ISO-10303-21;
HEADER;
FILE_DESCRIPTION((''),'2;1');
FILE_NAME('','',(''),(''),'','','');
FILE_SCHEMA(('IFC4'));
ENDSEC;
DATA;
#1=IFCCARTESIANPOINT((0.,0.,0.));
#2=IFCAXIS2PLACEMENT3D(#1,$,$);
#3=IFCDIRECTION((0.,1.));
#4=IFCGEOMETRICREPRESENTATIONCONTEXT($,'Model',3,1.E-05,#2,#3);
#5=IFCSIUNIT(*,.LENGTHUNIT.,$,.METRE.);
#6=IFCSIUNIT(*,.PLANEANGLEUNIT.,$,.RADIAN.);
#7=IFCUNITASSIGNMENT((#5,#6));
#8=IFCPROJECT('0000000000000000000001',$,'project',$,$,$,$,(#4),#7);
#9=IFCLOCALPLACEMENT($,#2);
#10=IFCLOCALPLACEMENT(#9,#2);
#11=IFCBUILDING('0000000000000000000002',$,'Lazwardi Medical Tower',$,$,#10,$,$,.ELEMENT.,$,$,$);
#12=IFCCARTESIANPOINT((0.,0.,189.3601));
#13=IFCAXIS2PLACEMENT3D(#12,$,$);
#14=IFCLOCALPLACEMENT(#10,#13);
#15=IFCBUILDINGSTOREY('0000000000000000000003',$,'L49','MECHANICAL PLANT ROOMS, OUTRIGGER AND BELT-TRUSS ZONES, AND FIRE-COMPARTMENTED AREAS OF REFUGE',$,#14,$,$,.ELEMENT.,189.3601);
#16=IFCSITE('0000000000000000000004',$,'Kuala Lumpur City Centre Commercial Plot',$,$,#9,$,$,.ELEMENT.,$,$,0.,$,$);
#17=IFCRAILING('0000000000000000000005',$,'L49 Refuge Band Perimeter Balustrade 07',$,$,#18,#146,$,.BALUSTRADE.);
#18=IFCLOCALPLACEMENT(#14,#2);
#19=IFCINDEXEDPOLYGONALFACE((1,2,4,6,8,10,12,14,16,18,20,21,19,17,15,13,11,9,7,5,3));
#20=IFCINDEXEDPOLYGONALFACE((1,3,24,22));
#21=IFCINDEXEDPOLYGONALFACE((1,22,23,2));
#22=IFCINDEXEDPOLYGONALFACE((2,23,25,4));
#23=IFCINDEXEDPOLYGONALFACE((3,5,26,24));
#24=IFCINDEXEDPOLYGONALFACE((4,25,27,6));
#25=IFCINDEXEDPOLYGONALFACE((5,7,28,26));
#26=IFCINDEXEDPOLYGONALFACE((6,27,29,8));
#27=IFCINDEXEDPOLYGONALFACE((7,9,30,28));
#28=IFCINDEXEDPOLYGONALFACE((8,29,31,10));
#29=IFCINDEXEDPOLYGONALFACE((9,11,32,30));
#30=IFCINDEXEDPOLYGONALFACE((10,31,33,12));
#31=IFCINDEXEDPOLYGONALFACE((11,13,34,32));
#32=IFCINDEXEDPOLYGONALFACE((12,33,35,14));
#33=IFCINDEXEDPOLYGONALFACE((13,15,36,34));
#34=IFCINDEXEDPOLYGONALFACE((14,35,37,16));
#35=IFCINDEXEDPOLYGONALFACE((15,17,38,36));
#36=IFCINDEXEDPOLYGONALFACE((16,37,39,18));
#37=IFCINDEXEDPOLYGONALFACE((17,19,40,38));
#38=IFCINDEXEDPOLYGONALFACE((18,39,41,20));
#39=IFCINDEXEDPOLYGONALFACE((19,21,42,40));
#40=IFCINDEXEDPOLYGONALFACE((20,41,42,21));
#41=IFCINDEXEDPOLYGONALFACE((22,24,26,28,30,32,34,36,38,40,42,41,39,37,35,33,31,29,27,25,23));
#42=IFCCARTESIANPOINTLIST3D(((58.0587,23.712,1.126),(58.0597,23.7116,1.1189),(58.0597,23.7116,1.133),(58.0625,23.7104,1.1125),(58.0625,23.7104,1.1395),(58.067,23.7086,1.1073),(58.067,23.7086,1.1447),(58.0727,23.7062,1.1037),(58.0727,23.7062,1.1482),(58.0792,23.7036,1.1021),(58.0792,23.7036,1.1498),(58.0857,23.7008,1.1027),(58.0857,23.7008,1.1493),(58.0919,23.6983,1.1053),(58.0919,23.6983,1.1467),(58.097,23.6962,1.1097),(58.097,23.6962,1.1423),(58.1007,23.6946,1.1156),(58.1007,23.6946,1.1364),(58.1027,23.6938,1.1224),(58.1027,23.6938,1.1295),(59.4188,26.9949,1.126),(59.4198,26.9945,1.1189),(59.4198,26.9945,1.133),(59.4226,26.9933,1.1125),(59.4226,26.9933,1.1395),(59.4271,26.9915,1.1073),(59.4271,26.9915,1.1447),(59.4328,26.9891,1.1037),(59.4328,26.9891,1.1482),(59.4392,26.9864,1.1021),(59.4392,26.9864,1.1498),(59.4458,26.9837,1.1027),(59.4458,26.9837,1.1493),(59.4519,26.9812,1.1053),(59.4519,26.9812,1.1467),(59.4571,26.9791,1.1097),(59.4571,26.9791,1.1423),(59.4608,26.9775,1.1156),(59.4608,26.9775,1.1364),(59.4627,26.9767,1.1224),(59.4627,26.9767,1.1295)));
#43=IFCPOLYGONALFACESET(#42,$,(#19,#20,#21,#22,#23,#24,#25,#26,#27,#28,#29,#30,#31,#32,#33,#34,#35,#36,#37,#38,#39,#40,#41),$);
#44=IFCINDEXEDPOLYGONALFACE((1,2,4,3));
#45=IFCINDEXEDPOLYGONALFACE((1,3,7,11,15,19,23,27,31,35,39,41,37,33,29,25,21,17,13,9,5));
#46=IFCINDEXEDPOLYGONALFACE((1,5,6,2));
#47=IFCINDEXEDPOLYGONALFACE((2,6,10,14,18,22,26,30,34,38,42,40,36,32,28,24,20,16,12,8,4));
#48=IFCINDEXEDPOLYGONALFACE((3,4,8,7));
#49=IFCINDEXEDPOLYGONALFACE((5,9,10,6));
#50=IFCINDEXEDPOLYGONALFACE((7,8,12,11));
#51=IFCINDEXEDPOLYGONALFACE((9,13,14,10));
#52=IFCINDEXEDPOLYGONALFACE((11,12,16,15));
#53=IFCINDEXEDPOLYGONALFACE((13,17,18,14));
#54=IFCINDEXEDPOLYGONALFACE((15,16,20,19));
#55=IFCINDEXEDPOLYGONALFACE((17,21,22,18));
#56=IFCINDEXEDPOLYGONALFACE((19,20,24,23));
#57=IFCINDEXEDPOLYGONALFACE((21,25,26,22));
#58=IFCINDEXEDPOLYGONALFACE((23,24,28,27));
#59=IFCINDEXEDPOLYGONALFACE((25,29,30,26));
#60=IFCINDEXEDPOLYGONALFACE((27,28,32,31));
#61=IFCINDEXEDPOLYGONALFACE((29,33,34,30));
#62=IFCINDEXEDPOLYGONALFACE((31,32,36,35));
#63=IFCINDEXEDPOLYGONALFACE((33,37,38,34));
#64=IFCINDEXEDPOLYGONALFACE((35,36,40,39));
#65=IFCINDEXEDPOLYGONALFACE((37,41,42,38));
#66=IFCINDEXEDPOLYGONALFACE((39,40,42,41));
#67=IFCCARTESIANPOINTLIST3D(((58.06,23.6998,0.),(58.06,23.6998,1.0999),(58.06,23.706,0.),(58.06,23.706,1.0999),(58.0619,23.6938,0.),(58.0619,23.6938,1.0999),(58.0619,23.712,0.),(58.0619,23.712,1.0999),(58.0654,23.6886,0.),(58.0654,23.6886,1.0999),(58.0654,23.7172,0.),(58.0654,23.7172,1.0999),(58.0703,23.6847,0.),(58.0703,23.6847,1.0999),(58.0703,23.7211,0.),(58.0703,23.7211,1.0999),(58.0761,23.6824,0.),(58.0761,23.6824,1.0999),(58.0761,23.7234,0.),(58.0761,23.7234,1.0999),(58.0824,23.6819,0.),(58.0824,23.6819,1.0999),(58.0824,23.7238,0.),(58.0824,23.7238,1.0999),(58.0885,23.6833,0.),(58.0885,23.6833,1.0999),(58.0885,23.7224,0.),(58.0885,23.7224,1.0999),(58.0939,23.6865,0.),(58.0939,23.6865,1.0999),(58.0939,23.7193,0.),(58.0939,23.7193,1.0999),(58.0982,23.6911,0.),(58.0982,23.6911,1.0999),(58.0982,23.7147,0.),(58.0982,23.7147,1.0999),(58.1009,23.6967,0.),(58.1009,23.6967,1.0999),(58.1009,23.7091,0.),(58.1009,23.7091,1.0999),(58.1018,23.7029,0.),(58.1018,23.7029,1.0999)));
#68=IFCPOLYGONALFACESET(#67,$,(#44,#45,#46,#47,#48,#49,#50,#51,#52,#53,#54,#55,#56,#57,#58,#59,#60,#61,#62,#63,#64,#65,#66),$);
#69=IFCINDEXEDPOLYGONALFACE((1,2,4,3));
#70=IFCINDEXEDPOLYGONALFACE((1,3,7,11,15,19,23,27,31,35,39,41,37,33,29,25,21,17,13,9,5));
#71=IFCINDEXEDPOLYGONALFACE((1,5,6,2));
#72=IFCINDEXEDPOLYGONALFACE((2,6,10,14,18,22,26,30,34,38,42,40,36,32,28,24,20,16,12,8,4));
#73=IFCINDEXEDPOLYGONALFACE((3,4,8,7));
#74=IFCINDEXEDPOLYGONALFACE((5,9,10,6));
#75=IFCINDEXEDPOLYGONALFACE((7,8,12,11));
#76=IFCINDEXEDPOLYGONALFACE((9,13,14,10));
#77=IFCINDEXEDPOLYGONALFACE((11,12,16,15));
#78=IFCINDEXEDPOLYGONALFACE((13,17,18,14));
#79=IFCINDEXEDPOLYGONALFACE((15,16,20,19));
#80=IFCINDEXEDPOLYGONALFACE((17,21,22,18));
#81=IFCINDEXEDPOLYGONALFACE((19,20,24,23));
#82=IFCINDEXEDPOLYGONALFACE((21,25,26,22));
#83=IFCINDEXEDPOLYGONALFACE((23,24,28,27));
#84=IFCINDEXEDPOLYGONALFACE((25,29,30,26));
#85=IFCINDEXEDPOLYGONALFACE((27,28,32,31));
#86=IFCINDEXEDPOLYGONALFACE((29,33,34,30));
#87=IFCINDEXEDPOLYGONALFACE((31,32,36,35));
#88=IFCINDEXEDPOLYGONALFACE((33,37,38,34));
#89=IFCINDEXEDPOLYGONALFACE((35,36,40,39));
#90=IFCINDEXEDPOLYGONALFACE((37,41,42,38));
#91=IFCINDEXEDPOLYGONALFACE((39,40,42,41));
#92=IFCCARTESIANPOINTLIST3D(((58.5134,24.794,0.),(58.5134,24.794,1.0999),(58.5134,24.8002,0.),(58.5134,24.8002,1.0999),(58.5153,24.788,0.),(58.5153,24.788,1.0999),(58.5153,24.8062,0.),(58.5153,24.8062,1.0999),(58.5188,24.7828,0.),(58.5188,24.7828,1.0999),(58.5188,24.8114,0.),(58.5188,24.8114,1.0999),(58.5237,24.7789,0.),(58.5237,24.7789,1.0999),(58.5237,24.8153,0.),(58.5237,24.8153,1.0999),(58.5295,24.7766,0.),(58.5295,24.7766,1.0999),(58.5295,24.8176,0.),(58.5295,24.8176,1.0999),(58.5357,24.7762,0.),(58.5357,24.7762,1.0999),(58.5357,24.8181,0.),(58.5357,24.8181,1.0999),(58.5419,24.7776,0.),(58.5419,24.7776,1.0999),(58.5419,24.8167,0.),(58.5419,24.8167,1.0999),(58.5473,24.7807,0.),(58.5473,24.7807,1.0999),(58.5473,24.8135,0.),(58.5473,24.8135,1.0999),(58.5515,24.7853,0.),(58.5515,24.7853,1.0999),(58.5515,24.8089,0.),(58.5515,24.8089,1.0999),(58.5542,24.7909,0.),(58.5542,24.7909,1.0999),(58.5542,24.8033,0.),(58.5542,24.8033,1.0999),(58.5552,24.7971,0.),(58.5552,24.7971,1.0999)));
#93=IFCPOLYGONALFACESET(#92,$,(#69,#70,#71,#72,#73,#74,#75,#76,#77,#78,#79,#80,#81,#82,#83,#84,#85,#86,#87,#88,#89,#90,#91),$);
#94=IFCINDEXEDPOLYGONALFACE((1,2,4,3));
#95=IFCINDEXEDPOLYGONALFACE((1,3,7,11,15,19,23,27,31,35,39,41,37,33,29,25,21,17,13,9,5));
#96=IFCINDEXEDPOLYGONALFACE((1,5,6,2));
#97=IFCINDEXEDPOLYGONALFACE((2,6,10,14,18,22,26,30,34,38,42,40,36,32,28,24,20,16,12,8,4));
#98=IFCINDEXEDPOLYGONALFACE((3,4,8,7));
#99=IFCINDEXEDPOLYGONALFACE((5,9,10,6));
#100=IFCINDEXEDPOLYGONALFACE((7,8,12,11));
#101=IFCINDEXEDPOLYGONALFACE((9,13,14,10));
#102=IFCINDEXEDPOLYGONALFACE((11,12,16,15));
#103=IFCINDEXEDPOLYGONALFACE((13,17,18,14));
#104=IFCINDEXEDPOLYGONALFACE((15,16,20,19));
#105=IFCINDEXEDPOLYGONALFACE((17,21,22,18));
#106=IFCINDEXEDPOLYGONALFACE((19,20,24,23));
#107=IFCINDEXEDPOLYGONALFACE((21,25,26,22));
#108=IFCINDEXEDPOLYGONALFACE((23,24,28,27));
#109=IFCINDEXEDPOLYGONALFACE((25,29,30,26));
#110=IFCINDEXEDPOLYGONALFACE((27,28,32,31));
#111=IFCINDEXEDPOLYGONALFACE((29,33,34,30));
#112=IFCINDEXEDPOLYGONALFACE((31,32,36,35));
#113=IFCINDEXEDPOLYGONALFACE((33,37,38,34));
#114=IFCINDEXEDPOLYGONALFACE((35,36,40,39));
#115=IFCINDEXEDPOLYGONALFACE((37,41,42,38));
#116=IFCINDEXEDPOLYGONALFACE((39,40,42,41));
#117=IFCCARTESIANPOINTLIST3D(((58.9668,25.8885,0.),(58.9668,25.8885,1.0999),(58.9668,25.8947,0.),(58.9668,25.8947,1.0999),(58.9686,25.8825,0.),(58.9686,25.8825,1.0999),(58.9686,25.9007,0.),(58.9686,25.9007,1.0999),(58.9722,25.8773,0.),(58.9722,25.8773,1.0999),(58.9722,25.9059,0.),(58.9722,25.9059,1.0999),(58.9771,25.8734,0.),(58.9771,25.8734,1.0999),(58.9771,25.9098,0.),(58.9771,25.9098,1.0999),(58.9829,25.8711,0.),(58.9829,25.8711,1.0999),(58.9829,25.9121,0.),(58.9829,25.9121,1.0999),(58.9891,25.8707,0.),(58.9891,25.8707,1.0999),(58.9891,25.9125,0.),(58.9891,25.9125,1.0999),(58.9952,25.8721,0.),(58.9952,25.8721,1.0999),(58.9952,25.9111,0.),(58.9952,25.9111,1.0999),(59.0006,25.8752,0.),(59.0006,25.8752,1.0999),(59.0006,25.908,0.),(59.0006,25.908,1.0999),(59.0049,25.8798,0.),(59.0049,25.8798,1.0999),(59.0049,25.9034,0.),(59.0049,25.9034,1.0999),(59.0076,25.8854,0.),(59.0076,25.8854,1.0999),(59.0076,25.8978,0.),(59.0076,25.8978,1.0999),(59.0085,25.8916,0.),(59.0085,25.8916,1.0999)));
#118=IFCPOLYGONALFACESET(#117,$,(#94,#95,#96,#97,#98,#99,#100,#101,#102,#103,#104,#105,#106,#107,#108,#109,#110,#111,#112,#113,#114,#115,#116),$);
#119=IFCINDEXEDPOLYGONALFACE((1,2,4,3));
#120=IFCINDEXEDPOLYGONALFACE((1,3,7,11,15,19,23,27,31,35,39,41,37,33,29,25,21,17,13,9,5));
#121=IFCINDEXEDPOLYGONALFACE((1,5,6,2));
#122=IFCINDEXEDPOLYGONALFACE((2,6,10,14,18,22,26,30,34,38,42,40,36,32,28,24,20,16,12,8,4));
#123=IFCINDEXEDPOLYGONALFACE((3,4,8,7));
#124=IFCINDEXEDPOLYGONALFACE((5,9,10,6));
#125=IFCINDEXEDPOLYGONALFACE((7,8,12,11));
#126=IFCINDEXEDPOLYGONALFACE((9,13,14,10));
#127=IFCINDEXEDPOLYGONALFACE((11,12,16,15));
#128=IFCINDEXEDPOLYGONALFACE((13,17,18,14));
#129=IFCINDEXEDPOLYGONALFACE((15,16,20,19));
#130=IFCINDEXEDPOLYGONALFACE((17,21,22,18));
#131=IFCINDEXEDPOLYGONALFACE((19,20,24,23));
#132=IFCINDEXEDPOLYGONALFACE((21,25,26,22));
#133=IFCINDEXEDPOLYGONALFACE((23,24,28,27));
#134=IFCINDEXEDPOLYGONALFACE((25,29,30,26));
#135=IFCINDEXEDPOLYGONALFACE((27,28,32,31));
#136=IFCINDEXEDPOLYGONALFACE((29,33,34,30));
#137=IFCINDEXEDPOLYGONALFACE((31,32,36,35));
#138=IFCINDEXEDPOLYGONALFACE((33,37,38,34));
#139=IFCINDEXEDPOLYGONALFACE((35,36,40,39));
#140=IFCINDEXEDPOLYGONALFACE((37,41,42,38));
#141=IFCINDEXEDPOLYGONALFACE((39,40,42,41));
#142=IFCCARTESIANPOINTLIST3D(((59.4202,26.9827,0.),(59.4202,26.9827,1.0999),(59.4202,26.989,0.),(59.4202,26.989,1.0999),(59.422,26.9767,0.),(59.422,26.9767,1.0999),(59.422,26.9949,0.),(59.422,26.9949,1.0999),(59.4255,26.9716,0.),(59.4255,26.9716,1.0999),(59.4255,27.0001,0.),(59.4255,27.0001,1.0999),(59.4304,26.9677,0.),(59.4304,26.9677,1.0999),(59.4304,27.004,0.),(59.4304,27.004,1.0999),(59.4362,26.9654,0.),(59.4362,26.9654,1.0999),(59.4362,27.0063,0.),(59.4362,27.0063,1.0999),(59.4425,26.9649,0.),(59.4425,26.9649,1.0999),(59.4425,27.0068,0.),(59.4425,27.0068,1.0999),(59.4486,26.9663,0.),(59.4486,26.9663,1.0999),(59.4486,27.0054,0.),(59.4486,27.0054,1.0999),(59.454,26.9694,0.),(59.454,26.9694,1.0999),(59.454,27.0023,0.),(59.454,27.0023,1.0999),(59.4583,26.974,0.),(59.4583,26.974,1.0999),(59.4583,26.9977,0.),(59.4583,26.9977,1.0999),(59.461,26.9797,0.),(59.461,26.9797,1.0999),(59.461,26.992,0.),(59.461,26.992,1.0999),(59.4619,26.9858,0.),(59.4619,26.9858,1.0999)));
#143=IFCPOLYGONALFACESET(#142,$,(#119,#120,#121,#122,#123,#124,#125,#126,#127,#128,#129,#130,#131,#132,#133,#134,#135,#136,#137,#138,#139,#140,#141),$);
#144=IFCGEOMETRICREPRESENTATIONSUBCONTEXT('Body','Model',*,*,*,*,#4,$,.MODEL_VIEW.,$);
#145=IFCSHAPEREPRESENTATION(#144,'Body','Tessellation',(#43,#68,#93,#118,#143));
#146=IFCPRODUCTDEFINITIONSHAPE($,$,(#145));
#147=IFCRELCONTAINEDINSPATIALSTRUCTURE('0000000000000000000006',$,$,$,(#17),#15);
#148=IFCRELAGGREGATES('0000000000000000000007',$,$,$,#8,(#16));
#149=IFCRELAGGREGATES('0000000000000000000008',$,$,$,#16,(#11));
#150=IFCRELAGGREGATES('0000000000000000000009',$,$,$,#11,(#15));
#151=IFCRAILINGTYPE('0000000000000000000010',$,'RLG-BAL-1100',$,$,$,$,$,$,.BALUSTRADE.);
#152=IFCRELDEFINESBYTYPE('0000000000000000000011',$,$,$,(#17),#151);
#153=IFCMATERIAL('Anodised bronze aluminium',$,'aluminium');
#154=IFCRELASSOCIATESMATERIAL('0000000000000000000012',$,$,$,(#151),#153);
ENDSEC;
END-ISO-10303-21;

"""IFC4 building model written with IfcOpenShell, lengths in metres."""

from ifc_helpers import new_model, si_unit, direction, frame, origin, origin_2d, place, context, subcontext, project, spatial, circle, extrude, material, type_object, element, save


model = new_model("IFC4")

# Units and contexts
model_context = context("Model", 3, precision=1e-05, world=origin(), true_north=direction((0.0, 1.0)))
body_context = subcontext(model_context, "Body", "Model", "MODEL_VIEW")
ifc_project = project(units=[si_unit("LENGTHUNIT", "METRE"), si_unit("PLANEANGLEUNIT", "RADIAN")], contexts=[model_context])

# Site, building, storey
site_placement = place(None, origin())
site = spatial("IfcSite", under=ifc_project, at=site_placement, Name="Kuala Lumpur City Centre Commercial Plot", CompositionType="ELEMENT", RefElevation=0.0)
building_placement = place(site_placement, origin())
building = spatial("IfcBuilding", under=site, at=building_placement, Name="Lazwardi Medical Tower", CompositionType="ELEMENT")
storey_placement = place(building_placement, frame((0.0, 0.0, 189.3601)))
storey = spatial("IfcBuildingStorey", under=building, at=storey_placement, Name="L49", Description="MECHANICAL PLANT ROOMS, OUTRIGGER AND BELT-TRUSS ZONES, AND FIRE-COMPARTMENTED AREAS OF REFUGE", CompositionType="ELEMENT", Elevation=189.3601)

# Railing
ifc_material_1 = material(Name="Anodised bronze aluminium", Category="aluminium")
railing_type_1 = type_object("IfcRailingType", Name="RLG-BAL-1100", PredefinedType="BALUSTRADE", material=ifc_material_1)
railing_1_placement = place(storey_placement, frame((58.0808, 23.7029, 0.0)))
element("IfcRailing", 1, at=railing_1_placement, inside=storey, type_object=railing_type_1, Name="L49 Refuge Band Perimeter Balustrade 07", PredefinedType="BALUSTRADE", context=body_context, shape_type="SweptSolid", body=[
    extrude(circle(Radius=0.0239, at=origin_2d()), frame((0.0, 0.0, 1.126), z_axis=(0.382746, 0.923854, 0.0), x_axis=(-0.923854, 0.382746, 0.0)), (0.0, 0.0, 1.0), 3.5535),
    extrude(circle(Radius=0.021, at=origin_2d()), origin(), (0.0, 0.0, 1.0), 1.0999),
    extrude(circle(Radius=0.021, at=origin_2d()), frame((0.4534, 1.0942, 0.0)), (0.0, 0.0, 1.0), 1.0999),
    extrude(circle(Radius=0.021, at=origin_2d()), frame((0.9067, 2.1887, 0.0)), (0.0, 0.0, 1.0), 1.0999),
    extrude(circle(Radius=0.021, at=origin_2d()), frame((1.3601, 3.283, 0.0)), (0.0, 0.0, 1.0), 1.0999),
])

save(model, "model.ifc")
